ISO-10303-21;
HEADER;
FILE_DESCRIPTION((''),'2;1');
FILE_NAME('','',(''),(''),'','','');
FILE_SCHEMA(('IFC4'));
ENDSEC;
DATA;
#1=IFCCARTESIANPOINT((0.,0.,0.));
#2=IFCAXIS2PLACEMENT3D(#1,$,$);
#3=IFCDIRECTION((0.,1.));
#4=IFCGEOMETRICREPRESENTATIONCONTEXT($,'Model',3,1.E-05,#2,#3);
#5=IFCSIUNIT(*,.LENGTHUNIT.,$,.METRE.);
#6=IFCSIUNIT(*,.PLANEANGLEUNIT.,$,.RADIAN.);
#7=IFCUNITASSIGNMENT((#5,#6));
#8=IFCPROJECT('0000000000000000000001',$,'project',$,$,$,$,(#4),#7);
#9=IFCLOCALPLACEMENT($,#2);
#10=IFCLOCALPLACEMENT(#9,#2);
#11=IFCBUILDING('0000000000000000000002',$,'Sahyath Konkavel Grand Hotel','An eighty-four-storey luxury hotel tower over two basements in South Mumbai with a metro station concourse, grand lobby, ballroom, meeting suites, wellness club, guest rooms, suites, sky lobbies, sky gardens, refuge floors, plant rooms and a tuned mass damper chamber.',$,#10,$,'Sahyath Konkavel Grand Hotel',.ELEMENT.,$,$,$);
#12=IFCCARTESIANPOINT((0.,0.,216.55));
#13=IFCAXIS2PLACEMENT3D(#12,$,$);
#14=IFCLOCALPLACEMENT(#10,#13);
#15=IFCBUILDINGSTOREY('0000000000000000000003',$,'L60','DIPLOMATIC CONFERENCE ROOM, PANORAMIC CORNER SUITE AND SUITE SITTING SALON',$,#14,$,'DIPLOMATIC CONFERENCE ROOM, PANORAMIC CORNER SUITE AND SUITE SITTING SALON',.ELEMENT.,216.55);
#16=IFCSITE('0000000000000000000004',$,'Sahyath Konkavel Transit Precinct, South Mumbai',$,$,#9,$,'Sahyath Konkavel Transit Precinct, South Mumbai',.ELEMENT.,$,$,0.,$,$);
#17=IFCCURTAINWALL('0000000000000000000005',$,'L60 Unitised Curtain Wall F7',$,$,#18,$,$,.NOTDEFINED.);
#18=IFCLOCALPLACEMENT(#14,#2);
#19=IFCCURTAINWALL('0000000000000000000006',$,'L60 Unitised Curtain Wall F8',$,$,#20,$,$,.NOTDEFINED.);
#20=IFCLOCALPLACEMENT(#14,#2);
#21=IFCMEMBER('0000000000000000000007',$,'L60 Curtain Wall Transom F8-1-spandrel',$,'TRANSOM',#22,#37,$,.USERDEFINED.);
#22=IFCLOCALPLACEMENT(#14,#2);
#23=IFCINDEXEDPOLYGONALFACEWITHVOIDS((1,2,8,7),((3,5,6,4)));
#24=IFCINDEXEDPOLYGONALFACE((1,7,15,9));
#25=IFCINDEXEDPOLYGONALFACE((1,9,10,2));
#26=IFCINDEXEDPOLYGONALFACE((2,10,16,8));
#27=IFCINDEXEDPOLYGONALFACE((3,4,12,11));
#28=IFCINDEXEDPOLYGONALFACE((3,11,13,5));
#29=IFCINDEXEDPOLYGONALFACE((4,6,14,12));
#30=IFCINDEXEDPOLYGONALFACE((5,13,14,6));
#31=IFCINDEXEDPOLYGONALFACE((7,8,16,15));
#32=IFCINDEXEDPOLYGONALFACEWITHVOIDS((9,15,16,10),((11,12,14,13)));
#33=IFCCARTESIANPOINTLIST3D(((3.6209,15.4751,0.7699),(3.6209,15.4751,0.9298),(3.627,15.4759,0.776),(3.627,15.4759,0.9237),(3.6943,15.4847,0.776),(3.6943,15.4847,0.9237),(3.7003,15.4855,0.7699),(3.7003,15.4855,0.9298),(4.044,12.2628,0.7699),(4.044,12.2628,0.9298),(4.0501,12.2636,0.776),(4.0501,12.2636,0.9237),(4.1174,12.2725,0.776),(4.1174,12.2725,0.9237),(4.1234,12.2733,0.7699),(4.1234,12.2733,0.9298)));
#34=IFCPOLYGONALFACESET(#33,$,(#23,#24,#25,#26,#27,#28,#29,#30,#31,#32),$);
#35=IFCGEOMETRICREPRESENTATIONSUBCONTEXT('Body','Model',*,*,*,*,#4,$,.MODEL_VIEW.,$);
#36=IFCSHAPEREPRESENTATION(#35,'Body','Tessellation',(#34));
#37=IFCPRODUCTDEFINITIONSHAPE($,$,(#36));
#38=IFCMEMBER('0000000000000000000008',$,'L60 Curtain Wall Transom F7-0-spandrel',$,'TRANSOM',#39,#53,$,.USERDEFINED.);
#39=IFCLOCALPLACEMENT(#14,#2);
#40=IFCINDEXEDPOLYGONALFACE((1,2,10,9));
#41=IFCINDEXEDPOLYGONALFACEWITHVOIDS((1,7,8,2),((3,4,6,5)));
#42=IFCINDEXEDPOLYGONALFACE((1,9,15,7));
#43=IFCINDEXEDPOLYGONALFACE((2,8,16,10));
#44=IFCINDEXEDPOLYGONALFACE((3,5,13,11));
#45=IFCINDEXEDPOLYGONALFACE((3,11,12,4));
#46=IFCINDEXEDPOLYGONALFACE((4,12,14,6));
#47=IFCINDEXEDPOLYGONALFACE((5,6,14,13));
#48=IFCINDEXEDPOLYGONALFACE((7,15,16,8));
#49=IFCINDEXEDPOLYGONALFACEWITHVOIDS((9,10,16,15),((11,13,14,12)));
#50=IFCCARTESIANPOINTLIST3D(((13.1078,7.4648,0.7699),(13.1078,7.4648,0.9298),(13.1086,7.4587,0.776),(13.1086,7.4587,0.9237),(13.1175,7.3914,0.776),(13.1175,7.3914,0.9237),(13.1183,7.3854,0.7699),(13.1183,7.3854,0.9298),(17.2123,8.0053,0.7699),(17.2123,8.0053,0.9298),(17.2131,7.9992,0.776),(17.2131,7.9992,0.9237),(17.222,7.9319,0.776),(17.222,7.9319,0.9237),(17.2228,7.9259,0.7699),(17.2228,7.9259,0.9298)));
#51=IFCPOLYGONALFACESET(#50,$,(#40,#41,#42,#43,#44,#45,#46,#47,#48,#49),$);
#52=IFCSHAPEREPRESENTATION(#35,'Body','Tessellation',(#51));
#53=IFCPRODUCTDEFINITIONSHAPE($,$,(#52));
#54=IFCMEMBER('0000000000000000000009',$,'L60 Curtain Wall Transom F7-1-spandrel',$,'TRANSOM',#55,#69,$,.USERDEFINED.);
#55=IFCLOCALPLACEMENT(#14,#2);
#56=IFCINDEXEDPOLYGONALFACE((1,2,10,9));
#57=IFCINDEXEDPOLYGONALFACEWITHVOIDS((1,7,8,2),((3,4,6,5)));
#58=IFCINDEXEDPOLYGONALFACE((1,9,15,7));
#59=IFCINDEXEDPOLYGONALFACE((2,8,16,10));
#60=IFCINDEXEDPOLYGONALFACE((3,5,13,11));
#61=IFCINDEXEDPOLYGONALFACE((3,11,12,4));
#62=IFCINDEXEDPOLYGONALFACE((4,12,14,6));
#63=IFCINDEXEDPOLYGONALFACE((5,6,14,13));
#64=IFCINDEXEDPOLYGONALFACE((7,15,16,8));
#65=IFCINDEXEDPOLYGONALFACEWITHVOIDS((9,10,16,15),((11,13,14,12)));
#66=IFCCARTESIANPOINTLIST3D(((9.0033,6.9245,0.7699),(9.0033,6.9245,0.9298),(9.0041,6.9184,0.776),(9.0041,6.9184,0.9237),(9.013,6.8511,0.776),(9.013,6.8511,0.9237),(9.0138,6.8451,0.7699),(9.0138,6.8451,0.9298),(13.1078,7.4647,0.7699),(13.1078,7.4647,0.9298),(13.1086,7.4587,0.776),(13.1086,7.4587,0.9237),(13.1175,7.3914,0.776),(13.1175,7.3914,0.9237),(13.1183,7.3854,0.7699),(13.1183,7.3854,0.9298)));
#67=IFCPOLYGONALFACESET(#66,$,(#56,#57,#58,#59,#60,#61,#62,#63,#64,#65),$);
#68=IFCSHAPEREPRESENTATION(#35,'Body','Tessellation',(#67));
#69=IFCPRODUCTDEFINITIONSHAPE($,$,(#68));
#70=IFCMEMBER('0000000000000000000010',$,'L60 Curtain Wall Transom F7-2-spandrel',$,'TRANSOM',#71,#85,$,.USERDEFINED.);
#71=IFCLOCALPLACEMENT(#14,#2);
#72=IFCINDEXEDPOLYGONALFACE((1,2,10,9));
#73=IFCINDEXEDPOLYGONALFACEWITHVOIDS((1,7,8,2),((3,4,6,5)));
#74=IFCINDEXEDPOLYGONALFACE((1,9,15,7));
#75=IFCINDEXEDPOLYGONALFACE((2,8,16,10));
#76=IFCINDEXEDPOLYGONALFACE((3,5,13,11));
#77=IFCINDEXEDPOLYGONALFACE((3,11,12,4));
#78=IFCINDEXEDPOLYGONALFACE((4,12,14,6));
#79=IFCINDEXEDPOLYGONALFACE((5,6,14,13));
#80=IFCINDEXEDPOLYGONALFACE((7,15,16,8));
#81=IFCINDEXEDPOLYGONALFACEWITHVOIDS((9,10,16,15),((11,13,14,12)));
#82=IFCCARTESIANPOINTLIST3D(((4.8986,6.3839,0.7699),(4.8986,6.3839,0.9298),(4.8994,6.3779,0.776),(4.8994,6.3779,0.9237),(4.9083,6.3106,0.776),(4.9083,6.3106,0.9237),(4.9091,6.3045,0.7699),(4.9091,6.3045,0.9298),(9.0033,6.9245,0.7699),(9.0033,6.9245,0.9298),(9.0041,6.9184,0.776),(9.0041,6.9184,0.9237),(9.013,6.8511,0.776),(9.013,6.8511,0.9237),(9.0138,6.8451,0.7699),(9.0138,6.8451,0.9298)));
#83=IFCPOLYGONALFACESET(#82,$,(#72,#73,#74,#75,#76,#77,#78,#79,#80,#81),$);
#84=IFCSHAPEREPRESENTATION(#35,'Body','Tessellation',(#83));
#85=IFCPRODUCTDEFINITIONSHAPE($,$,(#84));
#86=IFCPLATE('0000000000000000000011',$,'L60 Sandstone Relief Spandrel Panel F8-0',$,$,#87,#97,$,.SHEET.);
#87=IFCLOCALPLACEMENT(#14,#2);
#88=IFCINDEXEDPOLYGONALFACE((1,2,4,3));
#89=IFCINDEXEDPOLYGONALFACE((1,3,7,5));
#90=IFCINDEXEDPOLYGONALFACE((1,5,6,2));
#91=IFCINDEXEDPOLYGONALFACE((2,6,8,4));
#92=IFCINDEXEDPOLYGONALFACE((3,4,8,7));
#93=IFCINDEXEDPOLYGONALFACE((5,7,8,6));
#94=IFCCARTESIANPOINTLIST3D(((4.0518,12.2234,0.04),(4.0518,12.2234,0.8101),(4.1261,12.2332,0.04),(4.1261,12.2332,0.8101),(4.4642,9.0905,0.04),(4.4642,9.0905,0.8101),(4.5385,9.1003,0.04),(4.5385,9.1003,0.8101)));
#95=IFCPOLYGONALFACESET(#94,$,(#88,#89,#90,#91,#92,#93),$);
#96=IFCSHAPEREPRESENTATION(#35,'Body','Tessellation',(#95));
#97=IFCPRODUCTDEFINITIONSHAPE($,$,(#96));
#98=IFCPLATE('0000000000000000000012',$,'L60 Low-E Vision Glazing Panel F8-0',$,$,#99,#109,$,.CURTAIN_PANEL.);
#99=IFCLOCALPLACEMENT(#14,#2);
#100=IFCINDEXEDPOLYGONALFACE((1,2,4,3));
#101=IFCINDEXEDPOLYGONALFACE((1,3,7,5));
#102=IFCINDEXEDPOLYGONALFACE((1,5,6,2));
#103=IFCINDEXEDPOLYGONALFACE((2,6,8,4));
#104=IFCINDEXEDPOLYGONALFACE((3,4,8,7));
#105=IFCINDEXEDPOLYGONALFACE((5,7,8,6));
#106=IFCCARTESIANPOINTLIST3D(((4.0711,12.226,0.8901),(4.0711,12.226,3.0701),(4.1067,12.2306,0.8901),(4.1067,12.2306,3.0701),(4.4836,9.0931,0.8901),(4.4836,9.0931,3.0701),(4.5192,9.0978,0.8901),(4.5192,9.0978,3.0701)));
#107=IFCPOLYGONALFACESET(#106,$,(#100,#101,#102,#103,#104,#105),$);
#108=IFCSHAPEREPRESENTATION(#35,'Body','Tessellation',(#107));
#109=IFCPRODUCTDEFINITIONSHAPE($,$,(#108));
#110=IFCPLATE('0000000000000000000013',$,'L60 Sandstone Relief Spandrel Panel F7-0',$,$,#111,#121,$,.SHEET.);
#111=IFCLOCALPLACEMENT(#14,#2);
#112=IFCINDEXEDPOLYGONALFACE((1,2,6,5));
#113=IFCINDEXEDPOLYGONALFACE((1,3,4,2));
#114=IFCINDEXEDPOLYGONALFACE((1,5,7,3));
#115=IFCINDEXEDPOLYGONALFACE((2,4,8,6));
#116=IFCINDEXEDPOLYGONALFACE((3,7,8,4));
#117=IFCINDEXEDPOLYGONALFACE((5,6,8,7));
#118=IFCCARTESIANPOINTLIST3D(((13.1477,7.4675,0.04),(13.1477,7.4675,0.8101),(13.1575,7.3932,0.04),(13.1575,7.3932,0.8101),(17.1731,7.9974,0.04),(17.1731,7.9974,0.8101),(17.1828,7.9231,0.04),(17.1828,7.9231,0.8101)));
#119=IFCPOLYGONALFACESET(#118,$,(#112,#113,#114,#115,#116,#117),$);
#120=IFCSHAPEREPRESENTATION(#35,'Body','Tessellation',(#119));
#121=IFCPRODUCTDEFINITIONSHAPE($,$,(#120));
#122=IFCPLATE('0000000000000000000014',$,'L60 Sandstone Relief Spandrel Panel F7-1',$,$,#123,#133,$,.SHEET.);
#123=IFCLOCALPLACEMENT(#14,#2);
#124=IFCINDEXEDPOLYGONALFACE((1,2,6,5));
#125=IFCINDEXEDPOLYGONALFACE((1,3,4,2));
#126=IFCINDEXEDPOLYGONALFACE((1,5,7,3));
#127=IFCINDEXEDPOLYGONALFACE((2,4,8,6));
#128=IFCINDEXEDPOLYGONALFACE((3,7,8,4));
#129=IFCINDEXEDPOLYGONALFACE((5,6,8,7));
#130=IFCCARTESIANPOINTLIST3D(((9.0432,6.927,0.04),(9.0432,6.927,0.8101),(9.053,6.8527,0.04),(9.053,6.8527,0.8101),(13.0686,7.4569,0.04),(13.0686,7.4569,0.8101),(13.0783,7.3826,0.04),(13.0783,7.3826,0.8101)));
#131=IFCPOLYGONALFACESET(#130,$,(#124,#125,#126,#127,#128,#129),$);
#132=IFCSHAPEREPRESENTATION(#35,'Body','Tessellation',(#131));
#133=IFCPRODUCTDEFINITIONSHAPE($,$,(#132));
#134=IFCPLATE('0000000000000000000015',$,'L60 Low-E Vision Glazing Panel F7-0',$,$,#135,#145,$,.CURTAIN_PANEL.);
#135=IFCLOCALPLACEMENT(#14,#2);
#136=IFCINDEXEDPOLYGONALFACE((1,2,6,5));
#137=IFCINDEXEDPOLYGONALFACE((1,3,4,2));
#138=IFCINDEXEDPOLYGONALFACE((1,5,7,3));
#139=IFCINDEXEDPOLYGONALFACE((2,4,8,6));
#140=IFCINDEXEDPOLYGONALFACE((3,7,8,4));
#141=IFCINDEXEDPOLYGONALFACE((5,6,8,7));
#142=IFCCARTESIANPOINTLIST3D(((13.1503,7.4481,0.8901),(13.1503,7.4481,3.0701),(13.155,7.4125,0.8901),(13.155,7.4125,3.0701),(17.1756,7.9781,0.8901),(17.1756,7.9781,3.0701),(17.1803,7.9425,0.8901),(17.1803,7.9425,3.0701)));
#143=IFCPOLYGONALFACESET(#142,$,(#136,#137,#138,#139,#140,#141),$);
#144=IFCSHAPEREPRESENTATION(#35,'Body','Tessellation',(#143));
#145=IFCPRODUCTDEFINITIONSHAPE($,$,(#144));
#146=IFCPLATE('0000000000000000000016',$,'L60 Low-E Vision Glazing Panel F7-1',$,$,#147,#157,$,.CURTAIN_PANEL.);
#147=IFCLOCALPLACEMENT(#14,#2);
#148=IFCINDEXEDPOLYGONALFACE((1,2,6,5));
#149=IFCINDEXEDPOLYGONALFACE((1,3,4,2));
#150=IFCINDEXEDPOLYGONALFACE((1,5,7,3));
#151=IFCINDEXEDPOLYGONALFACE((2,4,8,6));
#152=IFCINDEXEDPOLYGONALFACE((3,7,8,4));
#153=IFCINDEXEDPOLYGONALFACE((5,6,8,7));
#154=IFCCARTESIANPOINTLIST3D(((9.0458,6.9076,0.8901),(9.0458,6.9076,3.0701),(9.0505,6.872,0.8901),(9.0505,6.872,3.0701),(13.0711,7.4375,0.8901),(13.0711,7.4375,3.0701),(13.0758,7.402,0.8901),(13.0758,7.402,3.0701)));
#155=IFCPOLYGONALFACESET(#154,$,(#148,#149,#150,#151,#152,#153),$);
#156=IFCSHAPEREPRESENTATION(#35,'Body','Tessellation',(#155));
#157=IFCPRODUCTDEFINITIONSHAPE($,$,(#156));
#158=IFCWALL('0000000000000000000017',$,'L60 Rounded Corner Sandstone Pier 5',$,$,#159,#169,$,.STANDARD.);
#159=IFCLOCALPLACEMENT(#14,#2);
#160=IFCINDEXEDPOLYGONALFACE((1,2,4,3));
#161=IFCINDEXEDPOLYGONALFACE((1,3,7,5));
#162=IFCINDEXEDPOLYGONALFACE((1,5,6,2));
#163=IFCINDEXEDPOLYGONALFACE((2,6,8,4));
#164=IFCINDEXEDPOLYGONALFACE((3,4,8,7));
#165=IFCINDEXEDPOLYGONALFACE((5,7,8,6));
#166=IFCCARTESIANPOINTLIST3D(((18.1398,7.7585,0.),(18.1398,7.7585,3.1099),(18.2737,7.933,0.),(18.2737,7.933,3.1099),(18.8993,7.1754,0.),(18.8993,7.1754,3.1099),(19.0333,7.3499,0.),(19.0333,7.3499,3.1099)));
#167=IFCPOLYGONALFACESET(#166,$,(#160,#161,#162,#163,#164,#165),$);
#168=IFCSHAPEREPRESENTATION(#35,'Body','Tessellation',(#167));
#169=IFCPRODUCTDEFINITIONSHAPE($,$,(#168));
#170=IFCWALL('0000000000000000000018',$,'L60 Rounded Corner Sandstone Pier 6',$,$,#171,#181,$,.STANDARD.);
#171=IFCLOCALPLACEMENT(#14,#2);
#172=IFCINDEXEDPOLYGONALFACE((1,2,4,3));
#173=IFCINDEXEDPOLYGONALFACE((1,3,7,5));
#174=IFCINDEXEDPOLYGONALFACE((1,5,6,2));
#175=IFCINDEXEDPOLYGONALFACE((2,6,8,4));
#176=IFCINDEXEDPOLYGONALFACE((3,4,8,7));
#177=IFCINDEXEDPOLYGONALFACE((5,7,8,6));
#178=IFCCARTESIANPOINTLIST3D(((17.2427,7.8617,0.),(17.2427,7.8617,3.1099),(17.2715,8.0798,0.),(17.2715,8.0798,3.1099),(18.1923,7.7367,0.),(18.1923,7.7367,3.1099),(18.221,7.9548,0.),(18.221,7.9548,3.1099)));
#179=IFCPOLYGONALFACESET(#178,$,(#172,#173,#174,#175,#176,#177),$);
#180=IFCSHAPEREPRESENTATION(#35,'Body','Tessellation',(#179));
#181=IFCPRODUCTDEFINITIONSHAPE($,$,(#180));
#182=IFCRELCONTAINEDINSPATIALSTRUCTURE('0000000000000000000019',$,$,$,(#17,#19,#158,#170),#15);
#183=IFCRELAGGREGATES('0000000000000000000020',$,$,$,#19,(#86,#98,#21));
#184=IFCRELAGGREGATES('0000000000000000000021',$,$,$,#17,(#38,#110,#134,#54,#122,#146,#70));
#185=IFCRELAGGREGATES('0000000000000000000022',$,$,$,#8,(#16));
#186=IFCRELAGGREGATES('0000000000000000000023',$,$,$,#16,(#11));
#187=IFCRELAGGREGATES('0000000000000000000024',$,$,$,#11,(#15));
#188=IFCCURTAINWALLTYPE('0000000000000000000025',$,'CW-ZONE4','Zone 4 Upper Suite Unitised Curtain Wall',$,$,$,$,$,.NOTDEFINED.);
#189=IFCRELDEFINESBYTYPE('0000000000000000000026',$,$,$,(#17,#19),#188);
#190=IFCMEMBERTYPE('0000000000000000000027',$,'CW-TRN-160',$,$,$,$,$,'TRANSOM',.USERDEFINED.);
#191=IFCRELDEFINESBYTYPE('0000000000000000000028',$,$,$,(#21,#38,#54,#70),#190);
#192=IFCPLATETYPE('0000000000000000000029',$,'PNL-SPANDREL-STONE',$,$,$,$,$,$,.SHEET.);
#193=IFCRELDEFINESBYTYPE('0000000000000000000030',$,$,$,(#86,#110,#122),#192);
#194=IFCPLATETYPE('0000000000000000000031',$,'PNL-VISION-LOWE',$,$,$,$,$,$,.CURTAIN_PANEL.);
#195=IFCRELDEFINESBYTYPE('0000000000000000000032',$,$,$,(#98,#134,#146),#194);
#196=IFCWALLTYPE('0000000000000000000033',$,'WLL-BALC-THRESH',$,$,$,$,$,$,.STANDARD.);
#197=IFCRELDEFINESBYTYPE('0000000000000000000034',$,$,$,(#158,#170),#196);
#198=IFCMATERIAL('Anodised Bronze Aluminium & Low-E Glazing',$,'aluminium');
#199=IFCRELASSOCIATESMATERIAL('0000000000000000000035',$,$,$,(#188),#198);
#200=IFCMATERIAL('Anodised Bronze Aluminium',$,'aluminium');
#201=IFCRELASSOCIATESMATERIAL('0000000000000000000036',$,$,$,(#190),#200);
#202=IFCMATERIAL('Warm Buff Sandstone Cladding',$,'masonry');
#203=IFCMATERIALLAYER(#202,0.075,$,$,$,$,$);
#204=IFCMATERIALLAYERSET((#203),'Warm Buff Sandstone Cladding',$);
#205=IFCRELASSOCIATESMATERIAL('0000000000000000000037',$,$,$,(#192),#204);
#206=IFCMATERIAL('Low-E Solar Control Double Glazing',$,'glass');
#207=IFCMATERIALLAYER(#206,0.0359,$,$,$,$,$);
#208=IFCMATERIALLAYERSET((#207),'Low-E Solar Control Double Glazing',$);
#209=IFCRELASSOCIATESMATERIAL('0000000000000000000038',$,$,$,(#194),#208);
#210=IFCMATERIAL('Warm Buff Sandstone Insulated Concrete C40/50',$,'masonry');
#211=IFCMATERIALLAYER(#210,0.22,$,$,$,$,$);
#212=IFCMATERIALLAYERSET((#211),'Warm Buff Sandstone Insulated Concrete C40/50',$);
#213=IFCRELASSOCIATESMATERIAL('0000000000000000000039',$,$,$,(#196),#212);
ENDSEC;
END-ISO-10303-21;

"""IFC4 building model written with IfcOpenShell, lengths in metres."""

from ifc_helpers import new_model, si_unit, direction, frame, frame_2d, origin, origin_2d, place, context, subcontext, project, spatial, rectangle, hollow_rectangle, extrude, source, transform, mapped, material, layer, layer_set, material_profile, profile_set, type_object, element, aggregate, save


model = new_model("IFC4")

# Units and contexts
model_context = context("Model", 3, precision=1e-05, world=origin(), true_north=direction((0.0, 1.0)))
body_context = subcontext(model_context, "Body", "Model", "MODEL_VIEW")
ifc_project = project(units=[si_unit("LENGTHUNIT", "METRE"), si_unit("PLANEANGLEUNIT", "RADIAN")], contexts=[model_context])

# Site, building, storey
site_placement = place(None, origin())
site = spatial("IfcSite", under=ifc_project, at=site_placement, Name="Sahyath Konkavel Transit Precinct, South Mumbai", LongName="Sahyath Konkavel Transit Precinct, South Mumbai", CompositionType="ELEMENT", RefElevation=0.0)
building_placement = place(site_placement, origin())
building = spatial("IfcBuilding", under=site, at=building_placement, Name="Sahyath Konkavel Grand Hotel", Description="An eighty-four-storey luxury hotel tower over two basements in South Mumbai with a metro station concourse, grand lobby, ballroom, meeting suites, wellness club, guest rooms, suites, sky lobbies, sky gardens, refuge floors, plant rooms and a tuned mass damper chamber.", LongName="Sahyath Konkavel Grand Hotel", CompositionType="ELEMENT")
storey_placement = place(building_placement, frame((0.0, 0.0, 216.55)))
storey = spatial("IfcBuildingStorey", under=building, at=storey_placement, Name="L60", Description="DIPLOMATIC CONFERENCE ROOM, PANORAMIC CORNER SUITE AND SUITE SITTING SALON", LongName="DIPLOMATIC CONFERENCE ROOM, PANORAMIC CORNER SUITE AND SUITE SITTING SALON", CompositionType="ELEMENT", Elevation=216.55)

# Shared definitions
ifc_material_1 = material(Name="Anodised Bronze Aluminium & Low-E Glazing", Category="aluminium")
curtain_wall_type = type_object("IfcCurtainWallType", Name="CW-ZONE4", Description="Zone 4 Upper Suite Unitised Curtain Wall", PredefinedType="NOTDEFINED", material=ifc_material_1)
ifc_material_2 = material(Name="Anodised Bronze Aluminium", Category="aluminium")

# Curtain wall
curtain_wall_1_placement = place(storey_placement, origin())
curtain_wall_1 = element("IfcCurtainWall", 1, at=curtain_wall_1_placement, inside=storey, type_object=curtain_wall_type, Name="L60 Unitised Curtain Wall F7", PredefinedType="NOTDEFINED")

# Curtain wall
curtain_wall_2_placement = place(storey_placement, origin())
curtain_wall_2 = element("IfcCurtainWall", 2, at=curtain_wall_2_placement, inside=storey, type_object=curtain_wall_type, Name="L60 Unitised Curtain Wall F8", PredefinedType="NOTDEFINED")

# Members
ifc_material_profile_1 = material_profile(ifc_material_2, hollow_rectangle(XDim=0.0801, YDim=0.1599, WallThickness=0.0061, at=origin_2d()), Name="RHS 160x80x6")
ifc_profile_set_1 = profile_set([ifc_material_profile_1], Name="Anodised Bronze Aluminium")
member_type_1 = type_object("IfcMemberType", Name="CW-TRN-160", ElementType="TRANSOM", PredefinedType="USERDEFINED", material=ifc_profile_set_1)
shared_shape_1 = source(origin(), body_context, "Body", "SweptSolid", [
    extrude(hollow_rectangle(XDim=0.0801, YDim=0.1599, WallThickness=0.0061, at=origin_2d()), origin(), (0.0, 0.0, 1.0), 3.24),
])
member_1_placement = place(storey_placement, frame((4.0837, 12.2681, 0.8499), z_axis=(-0.130589, 0.991437, 0.0), x_axis=(-0.991437, -0.130589, 0.0)))
member_1 = element("IfcMember", 3, at=member_1_placement, type_object=member_type_1, Name="L60 Curtain Wall Transom F8-1-spandrel", ObjectType="TRANSOM", PredefinedType="USERDEFINED", context=body_context, shape_type="MappedRepresentation", body=[
    mapped(shared_shape_1, transform((0.0, 0.0, 0.0), scale=1.0)),
])
shared_shape_2 = source(origin(), body_context, "Body", "SweptSolid", [
    extrude(hollow_rectangle(XDim=0.0801, YDim=0.1599, WallThickness=0.0061, at=origin_2d()), origin(), (0.0, 0.0, 1.0), 4.1399),
])
member_2_placement = place(storey_placement, frame((17.2175, 7.9656, 0.8499), z_axis=(-0.99144, -0.130564, 0.0), x_axis=(0.130564, -0.99144, 0.0)))
member_2 = element("IfcMember", 4, at=member_2_placement, type_object=member_type_1, Name="L60 Curtain Wall Transom F7-0-spandrel", ObjectType="TRANSOM", PredefinedType="USERDEFINED", context=body_context, shape_type="MappedRepresentation", body=[
    mapped(shared_shape_2, transform((0.0, 0.0, 0.0), scale=1.0)),
])
member_3_placement = place(storey_placement, frame((13.113, 7.425, 0.8499), z_axis=(-0.991447, -0.130506, 0.0), x_axis=(0.130506, -0.991447, 0.0)))
member_3 = element("IfcMember", 5, at=member_3_placement, type_object=member_type_1, Name="L60 Curtain Wall Transom F7-1-spandrel", ObjectType="TRANSOM", PredefinedType="USERDEFINED", context=body_context, shape_type="MappedRepresentation", body=[
    mapped(shared_shape_2, transform((0.0, 0.0, 0.0), scale=1.0)),
])
shared_shape_3 = source(origin(), body_context, "Body", "SweptSolid", [
    extrude(hollow_rectangle(XDim=0.0801, YDim=0.1599, WallThickness=0.0061, at=origin_2d()), origin(), (0.0, 0.0, 1.0), 4.1401),
])
member_4_placement = place(storey_placement, frame((9.0085, 6.8848, 0.8499), z_axis=(-0.991441, -0.130557, 0.0), x_axis=(0.130557, -0.991441, 0.0)))
member_4 = element("IfcMember", 6, at=member_4_placement, type_object=member_type_1, Name="L60 Curtain Wall Transom F7-2-spandrel", ObjectType="TRANSOM", PredefinedType="USERDEFINED", context=body_context, shape_type="MappedRepresentation", body=[
    mapped(shared_shape_3, transform((0.0, 0.0, 0.0), scale=1.0)),
])

# Plates
ifc_material_3 = material(Name="Warm Buff Sandstone Cladding", Category="masonry")
ifc_layer_1 = layer(ifc_material_3, 0.075)
ifc_layer_set_1 = layer_set([ifc_layer_1], Name="Warm Buff Sandstone Cladding")
plate_type_1 = type_object("IfcPlateType", Name="PNL-SPANDREL-STONE", PredefinedType="SHEET", material=ifc_layer_set_1)
shared_shape_4 = source(origin(), body_context, "Body", "SweptSolid", [
    extrude(rectangle(XDim=3.1599, YDim=0.075, at=origin_2d()), origin(), (0.0, 0.0, 1.0), 0.77),
])
plate_1_placement = place(storey_placement, frame((4.2952, 10.6619, 0.04), z_axis=(0.0, 0.0, 1.0), x_axis=(-0.130526, 0.991445, 0.0)))
plate_1 = element("IfcPlate", 7, at=plate_1_placement, type_object=plate_type_1, Name="L60 Sandstone Relief Spandrel Panel F8-0", PredefinedType="SHEET", context=body_context, shape_type="MappedRepresentation", body=[
    mapped(shared_shape_4, transform((0.0, 0.0, 0.0), scale=1.0)),
])
ifc_material_4 = material(Name="Low-E Solar Control Double Glazing", Category="glass")
ifc_layer_2 = layer(ifc_material_4, 0.0359)
ifc_layer_set_2 = layer_set([ifc_layer_2], Name="Low-E Solar Control Double Glazing")
plate_type_2 = type_object("IfcPlateType", Name="PNL-VISION-LOWE", PredefinedType="CURTAIN_PANEL", material=ifc_layer_set_2)
shared_shape_5 = source(origin(), body_context, "Body", "SweptSolid", [
    extrude(rectangle(XDim=3.1599, YDim=0.0359, at=origin_2d()), origin(), (0.0, 0.0, 1.0), 2.1799),
])
plate_2_placement = place(storey_placement, frame((4.2952, 10.6619, 0.8901), z_axis=(0.0, 0.0, 1.0), x_axis=(-0.130526, 0.991445, 0.0)))
plate_2 = element("IfcPlate", 8, at=plate_2_placement, type_object=plate_type_2, Name="L60 Low-E Vision Glazing Panel F8-0", PredefinedType="CURTAIN_PANEL", context=body_context, shape_type="MappedRepresentation", body=[
    mapped(shared_shape_5, transform((0.0, 0.0, 0.0), scale=1.0)),
])
aggregate(curtain_wall_2, [plate_1, plate_2, member_1])
shared_shape_6 = source(origin(), body_context, "Body", "SweptSolid", [
    extrude(rectangle(XDim=4.0601, YDim=0.075, at=origin_2d()), origin(), (0.0, 0.0, 1.0), 0.77),
])
plate_3_placement = place(storey_placement, frame((15.1653, 7.6953, 0.04), z_axis=(0.0, 0.0, 1.0), x_axis=(-0.991445, -0.130526, 0.0)))
plate_3 = element("IfcPlate", 9, at=plate_3_placement, type_object=plate_type_1, Name="L60 Sandstone Relief Spandrel Panel F7-0", PredefinedType="SHEET", context=body_context, shape_type="MappedRepresentation", body=[
    mapped(shared_shape_6, transform((0.0, 0.0, 0.0), scale=1.0)),
])
plate_4_placement = place(storey_placement, frame((11.0608, 7.1548, 0.04), z_axis=(0.0, 0.0, 1.0), x_axis=(-0.991445, -0.130526, 0.0)))
plate_4 = element("IfcPlate", 10, at=plate_4_placement, type_object=plate_type_1, Name="L60 Sandstone Relief Spandrel Panel F7-1", PredefinedType="SHEET", context=body_context, shape_type="MappedRepresentation", body=[
    mapped(shared_shape_6, transform((0.0, 0.0, 0.0), scale=1.0)),
])
shared_shape_7 = source(origin(), body_context, "Body", "SweptSolid", [
    extrude(rectangle(XDim=4.0601, YDim=0.0359, at=origin_2d()), origin(), (0.0, 0.0, 1.0), 2.1799),
])
plate_5_placement = place(storey_placement, frame((15.1653, 7.6953, 0.8901), z_axis=(0.0, 0.0, 1.0), x_axis=(-0.991445, -0.130526, 0.0)))
plate_5 = element("IfcPlate", 11, at=plate_5_placement, type_object=plate_type_2, Name="L60 Low-E Vision Glazing Panel F7-0", PredefinedType="CURTAIN_PANEL", context=body_context, shape_type="MappedRepresentation", body=[
    mapped(shared_shape_7, transform((0.0, 0.0, 0.0), scale=1.0)),
])
plate_6_placement = place(storey_placement, frame((11.0608, 7.1548, 0.8901), z_axis=(0.0, 0.0, 1.0), x_axis=(-0.991445, -0.130526, 0.0)))
plate_6 = element("IfcPlate", 12, at=plate_6_placement, type_object=plate_type_2, Name="L60 Low-E Vision Glazing Panel F7-1", PredefinedType="CURTAIN_PANEL", context=body_context, shape_type="MappedRepresentation", body=[
    mapped(shared_shape_7, transform((0.0, 0.0, 0.0), scale=1.0)),
])
aggregate(curtain_wall_1, [member_2, plate_3, plate_5, member_3, plate_4, plate_6, member_4])

# Walls
ifc_material_5 = material(Name="Warm Buff Sandstone Insulated Concrete C40/50", Category="masonry")
ifc_layer_3 = layer(ifc_material_5, 0.22)
ifc_layer_set_3 = layer_set([ifc_layer_3], Name="Warm Buff Sandstone Insulated Concrete C40/50")
wall_type_1 = type_object("IfcWallType", Name="WLL-BALC-THRESH", PredefinedType="STANDARD", material=ifc_layer_set_3)
wall_1_placement = place(storey_placement, frame((18.9663, 7.2627, 0.0), z_axis=(0.0, 0.0, 1.0), x_axis=(-0.793249, 0.608897, 0.0)))
element("IfcWall", 13, at=wall_1_placement, inside=storey, type_object=wall_type_1, Name="L60 Rounded Corner Sandstone Pier 5", PredefinedType="STANDARD", context=body_context, shape_type="SweptSolid", body=[
    extrude(rectangle(XDim=0.9575, YDim=0.22, at=frame_2d((0.4788, 0.0))), origin(), (0.0, 0.0, 1.0), 3.1099),
])
wall_2_placement = place(storey_placement, frame((18.2068, 7.8457, 0.0), z_axis=(0.0, 0.0, 1.0), x_axis=(-0.991445, 0.130527, 0.0)))
element("IfcWall", 14, at=wall_2_placement, inside=storey, type_object=wall_type_1, Name="L60 Rounded Corner Sandstone Pier 6", PredefinedType="STANDARD", context=body_context, shape_type="SweptSolid", body=[
    extrude(rectangle(XDim=0.9578, YDim=0.22, at=frame_2d((0.479, 0.0))), origin(), (0.0, 0.0, 1.0), 3.1099),
])

save(model, "model.ifc")
